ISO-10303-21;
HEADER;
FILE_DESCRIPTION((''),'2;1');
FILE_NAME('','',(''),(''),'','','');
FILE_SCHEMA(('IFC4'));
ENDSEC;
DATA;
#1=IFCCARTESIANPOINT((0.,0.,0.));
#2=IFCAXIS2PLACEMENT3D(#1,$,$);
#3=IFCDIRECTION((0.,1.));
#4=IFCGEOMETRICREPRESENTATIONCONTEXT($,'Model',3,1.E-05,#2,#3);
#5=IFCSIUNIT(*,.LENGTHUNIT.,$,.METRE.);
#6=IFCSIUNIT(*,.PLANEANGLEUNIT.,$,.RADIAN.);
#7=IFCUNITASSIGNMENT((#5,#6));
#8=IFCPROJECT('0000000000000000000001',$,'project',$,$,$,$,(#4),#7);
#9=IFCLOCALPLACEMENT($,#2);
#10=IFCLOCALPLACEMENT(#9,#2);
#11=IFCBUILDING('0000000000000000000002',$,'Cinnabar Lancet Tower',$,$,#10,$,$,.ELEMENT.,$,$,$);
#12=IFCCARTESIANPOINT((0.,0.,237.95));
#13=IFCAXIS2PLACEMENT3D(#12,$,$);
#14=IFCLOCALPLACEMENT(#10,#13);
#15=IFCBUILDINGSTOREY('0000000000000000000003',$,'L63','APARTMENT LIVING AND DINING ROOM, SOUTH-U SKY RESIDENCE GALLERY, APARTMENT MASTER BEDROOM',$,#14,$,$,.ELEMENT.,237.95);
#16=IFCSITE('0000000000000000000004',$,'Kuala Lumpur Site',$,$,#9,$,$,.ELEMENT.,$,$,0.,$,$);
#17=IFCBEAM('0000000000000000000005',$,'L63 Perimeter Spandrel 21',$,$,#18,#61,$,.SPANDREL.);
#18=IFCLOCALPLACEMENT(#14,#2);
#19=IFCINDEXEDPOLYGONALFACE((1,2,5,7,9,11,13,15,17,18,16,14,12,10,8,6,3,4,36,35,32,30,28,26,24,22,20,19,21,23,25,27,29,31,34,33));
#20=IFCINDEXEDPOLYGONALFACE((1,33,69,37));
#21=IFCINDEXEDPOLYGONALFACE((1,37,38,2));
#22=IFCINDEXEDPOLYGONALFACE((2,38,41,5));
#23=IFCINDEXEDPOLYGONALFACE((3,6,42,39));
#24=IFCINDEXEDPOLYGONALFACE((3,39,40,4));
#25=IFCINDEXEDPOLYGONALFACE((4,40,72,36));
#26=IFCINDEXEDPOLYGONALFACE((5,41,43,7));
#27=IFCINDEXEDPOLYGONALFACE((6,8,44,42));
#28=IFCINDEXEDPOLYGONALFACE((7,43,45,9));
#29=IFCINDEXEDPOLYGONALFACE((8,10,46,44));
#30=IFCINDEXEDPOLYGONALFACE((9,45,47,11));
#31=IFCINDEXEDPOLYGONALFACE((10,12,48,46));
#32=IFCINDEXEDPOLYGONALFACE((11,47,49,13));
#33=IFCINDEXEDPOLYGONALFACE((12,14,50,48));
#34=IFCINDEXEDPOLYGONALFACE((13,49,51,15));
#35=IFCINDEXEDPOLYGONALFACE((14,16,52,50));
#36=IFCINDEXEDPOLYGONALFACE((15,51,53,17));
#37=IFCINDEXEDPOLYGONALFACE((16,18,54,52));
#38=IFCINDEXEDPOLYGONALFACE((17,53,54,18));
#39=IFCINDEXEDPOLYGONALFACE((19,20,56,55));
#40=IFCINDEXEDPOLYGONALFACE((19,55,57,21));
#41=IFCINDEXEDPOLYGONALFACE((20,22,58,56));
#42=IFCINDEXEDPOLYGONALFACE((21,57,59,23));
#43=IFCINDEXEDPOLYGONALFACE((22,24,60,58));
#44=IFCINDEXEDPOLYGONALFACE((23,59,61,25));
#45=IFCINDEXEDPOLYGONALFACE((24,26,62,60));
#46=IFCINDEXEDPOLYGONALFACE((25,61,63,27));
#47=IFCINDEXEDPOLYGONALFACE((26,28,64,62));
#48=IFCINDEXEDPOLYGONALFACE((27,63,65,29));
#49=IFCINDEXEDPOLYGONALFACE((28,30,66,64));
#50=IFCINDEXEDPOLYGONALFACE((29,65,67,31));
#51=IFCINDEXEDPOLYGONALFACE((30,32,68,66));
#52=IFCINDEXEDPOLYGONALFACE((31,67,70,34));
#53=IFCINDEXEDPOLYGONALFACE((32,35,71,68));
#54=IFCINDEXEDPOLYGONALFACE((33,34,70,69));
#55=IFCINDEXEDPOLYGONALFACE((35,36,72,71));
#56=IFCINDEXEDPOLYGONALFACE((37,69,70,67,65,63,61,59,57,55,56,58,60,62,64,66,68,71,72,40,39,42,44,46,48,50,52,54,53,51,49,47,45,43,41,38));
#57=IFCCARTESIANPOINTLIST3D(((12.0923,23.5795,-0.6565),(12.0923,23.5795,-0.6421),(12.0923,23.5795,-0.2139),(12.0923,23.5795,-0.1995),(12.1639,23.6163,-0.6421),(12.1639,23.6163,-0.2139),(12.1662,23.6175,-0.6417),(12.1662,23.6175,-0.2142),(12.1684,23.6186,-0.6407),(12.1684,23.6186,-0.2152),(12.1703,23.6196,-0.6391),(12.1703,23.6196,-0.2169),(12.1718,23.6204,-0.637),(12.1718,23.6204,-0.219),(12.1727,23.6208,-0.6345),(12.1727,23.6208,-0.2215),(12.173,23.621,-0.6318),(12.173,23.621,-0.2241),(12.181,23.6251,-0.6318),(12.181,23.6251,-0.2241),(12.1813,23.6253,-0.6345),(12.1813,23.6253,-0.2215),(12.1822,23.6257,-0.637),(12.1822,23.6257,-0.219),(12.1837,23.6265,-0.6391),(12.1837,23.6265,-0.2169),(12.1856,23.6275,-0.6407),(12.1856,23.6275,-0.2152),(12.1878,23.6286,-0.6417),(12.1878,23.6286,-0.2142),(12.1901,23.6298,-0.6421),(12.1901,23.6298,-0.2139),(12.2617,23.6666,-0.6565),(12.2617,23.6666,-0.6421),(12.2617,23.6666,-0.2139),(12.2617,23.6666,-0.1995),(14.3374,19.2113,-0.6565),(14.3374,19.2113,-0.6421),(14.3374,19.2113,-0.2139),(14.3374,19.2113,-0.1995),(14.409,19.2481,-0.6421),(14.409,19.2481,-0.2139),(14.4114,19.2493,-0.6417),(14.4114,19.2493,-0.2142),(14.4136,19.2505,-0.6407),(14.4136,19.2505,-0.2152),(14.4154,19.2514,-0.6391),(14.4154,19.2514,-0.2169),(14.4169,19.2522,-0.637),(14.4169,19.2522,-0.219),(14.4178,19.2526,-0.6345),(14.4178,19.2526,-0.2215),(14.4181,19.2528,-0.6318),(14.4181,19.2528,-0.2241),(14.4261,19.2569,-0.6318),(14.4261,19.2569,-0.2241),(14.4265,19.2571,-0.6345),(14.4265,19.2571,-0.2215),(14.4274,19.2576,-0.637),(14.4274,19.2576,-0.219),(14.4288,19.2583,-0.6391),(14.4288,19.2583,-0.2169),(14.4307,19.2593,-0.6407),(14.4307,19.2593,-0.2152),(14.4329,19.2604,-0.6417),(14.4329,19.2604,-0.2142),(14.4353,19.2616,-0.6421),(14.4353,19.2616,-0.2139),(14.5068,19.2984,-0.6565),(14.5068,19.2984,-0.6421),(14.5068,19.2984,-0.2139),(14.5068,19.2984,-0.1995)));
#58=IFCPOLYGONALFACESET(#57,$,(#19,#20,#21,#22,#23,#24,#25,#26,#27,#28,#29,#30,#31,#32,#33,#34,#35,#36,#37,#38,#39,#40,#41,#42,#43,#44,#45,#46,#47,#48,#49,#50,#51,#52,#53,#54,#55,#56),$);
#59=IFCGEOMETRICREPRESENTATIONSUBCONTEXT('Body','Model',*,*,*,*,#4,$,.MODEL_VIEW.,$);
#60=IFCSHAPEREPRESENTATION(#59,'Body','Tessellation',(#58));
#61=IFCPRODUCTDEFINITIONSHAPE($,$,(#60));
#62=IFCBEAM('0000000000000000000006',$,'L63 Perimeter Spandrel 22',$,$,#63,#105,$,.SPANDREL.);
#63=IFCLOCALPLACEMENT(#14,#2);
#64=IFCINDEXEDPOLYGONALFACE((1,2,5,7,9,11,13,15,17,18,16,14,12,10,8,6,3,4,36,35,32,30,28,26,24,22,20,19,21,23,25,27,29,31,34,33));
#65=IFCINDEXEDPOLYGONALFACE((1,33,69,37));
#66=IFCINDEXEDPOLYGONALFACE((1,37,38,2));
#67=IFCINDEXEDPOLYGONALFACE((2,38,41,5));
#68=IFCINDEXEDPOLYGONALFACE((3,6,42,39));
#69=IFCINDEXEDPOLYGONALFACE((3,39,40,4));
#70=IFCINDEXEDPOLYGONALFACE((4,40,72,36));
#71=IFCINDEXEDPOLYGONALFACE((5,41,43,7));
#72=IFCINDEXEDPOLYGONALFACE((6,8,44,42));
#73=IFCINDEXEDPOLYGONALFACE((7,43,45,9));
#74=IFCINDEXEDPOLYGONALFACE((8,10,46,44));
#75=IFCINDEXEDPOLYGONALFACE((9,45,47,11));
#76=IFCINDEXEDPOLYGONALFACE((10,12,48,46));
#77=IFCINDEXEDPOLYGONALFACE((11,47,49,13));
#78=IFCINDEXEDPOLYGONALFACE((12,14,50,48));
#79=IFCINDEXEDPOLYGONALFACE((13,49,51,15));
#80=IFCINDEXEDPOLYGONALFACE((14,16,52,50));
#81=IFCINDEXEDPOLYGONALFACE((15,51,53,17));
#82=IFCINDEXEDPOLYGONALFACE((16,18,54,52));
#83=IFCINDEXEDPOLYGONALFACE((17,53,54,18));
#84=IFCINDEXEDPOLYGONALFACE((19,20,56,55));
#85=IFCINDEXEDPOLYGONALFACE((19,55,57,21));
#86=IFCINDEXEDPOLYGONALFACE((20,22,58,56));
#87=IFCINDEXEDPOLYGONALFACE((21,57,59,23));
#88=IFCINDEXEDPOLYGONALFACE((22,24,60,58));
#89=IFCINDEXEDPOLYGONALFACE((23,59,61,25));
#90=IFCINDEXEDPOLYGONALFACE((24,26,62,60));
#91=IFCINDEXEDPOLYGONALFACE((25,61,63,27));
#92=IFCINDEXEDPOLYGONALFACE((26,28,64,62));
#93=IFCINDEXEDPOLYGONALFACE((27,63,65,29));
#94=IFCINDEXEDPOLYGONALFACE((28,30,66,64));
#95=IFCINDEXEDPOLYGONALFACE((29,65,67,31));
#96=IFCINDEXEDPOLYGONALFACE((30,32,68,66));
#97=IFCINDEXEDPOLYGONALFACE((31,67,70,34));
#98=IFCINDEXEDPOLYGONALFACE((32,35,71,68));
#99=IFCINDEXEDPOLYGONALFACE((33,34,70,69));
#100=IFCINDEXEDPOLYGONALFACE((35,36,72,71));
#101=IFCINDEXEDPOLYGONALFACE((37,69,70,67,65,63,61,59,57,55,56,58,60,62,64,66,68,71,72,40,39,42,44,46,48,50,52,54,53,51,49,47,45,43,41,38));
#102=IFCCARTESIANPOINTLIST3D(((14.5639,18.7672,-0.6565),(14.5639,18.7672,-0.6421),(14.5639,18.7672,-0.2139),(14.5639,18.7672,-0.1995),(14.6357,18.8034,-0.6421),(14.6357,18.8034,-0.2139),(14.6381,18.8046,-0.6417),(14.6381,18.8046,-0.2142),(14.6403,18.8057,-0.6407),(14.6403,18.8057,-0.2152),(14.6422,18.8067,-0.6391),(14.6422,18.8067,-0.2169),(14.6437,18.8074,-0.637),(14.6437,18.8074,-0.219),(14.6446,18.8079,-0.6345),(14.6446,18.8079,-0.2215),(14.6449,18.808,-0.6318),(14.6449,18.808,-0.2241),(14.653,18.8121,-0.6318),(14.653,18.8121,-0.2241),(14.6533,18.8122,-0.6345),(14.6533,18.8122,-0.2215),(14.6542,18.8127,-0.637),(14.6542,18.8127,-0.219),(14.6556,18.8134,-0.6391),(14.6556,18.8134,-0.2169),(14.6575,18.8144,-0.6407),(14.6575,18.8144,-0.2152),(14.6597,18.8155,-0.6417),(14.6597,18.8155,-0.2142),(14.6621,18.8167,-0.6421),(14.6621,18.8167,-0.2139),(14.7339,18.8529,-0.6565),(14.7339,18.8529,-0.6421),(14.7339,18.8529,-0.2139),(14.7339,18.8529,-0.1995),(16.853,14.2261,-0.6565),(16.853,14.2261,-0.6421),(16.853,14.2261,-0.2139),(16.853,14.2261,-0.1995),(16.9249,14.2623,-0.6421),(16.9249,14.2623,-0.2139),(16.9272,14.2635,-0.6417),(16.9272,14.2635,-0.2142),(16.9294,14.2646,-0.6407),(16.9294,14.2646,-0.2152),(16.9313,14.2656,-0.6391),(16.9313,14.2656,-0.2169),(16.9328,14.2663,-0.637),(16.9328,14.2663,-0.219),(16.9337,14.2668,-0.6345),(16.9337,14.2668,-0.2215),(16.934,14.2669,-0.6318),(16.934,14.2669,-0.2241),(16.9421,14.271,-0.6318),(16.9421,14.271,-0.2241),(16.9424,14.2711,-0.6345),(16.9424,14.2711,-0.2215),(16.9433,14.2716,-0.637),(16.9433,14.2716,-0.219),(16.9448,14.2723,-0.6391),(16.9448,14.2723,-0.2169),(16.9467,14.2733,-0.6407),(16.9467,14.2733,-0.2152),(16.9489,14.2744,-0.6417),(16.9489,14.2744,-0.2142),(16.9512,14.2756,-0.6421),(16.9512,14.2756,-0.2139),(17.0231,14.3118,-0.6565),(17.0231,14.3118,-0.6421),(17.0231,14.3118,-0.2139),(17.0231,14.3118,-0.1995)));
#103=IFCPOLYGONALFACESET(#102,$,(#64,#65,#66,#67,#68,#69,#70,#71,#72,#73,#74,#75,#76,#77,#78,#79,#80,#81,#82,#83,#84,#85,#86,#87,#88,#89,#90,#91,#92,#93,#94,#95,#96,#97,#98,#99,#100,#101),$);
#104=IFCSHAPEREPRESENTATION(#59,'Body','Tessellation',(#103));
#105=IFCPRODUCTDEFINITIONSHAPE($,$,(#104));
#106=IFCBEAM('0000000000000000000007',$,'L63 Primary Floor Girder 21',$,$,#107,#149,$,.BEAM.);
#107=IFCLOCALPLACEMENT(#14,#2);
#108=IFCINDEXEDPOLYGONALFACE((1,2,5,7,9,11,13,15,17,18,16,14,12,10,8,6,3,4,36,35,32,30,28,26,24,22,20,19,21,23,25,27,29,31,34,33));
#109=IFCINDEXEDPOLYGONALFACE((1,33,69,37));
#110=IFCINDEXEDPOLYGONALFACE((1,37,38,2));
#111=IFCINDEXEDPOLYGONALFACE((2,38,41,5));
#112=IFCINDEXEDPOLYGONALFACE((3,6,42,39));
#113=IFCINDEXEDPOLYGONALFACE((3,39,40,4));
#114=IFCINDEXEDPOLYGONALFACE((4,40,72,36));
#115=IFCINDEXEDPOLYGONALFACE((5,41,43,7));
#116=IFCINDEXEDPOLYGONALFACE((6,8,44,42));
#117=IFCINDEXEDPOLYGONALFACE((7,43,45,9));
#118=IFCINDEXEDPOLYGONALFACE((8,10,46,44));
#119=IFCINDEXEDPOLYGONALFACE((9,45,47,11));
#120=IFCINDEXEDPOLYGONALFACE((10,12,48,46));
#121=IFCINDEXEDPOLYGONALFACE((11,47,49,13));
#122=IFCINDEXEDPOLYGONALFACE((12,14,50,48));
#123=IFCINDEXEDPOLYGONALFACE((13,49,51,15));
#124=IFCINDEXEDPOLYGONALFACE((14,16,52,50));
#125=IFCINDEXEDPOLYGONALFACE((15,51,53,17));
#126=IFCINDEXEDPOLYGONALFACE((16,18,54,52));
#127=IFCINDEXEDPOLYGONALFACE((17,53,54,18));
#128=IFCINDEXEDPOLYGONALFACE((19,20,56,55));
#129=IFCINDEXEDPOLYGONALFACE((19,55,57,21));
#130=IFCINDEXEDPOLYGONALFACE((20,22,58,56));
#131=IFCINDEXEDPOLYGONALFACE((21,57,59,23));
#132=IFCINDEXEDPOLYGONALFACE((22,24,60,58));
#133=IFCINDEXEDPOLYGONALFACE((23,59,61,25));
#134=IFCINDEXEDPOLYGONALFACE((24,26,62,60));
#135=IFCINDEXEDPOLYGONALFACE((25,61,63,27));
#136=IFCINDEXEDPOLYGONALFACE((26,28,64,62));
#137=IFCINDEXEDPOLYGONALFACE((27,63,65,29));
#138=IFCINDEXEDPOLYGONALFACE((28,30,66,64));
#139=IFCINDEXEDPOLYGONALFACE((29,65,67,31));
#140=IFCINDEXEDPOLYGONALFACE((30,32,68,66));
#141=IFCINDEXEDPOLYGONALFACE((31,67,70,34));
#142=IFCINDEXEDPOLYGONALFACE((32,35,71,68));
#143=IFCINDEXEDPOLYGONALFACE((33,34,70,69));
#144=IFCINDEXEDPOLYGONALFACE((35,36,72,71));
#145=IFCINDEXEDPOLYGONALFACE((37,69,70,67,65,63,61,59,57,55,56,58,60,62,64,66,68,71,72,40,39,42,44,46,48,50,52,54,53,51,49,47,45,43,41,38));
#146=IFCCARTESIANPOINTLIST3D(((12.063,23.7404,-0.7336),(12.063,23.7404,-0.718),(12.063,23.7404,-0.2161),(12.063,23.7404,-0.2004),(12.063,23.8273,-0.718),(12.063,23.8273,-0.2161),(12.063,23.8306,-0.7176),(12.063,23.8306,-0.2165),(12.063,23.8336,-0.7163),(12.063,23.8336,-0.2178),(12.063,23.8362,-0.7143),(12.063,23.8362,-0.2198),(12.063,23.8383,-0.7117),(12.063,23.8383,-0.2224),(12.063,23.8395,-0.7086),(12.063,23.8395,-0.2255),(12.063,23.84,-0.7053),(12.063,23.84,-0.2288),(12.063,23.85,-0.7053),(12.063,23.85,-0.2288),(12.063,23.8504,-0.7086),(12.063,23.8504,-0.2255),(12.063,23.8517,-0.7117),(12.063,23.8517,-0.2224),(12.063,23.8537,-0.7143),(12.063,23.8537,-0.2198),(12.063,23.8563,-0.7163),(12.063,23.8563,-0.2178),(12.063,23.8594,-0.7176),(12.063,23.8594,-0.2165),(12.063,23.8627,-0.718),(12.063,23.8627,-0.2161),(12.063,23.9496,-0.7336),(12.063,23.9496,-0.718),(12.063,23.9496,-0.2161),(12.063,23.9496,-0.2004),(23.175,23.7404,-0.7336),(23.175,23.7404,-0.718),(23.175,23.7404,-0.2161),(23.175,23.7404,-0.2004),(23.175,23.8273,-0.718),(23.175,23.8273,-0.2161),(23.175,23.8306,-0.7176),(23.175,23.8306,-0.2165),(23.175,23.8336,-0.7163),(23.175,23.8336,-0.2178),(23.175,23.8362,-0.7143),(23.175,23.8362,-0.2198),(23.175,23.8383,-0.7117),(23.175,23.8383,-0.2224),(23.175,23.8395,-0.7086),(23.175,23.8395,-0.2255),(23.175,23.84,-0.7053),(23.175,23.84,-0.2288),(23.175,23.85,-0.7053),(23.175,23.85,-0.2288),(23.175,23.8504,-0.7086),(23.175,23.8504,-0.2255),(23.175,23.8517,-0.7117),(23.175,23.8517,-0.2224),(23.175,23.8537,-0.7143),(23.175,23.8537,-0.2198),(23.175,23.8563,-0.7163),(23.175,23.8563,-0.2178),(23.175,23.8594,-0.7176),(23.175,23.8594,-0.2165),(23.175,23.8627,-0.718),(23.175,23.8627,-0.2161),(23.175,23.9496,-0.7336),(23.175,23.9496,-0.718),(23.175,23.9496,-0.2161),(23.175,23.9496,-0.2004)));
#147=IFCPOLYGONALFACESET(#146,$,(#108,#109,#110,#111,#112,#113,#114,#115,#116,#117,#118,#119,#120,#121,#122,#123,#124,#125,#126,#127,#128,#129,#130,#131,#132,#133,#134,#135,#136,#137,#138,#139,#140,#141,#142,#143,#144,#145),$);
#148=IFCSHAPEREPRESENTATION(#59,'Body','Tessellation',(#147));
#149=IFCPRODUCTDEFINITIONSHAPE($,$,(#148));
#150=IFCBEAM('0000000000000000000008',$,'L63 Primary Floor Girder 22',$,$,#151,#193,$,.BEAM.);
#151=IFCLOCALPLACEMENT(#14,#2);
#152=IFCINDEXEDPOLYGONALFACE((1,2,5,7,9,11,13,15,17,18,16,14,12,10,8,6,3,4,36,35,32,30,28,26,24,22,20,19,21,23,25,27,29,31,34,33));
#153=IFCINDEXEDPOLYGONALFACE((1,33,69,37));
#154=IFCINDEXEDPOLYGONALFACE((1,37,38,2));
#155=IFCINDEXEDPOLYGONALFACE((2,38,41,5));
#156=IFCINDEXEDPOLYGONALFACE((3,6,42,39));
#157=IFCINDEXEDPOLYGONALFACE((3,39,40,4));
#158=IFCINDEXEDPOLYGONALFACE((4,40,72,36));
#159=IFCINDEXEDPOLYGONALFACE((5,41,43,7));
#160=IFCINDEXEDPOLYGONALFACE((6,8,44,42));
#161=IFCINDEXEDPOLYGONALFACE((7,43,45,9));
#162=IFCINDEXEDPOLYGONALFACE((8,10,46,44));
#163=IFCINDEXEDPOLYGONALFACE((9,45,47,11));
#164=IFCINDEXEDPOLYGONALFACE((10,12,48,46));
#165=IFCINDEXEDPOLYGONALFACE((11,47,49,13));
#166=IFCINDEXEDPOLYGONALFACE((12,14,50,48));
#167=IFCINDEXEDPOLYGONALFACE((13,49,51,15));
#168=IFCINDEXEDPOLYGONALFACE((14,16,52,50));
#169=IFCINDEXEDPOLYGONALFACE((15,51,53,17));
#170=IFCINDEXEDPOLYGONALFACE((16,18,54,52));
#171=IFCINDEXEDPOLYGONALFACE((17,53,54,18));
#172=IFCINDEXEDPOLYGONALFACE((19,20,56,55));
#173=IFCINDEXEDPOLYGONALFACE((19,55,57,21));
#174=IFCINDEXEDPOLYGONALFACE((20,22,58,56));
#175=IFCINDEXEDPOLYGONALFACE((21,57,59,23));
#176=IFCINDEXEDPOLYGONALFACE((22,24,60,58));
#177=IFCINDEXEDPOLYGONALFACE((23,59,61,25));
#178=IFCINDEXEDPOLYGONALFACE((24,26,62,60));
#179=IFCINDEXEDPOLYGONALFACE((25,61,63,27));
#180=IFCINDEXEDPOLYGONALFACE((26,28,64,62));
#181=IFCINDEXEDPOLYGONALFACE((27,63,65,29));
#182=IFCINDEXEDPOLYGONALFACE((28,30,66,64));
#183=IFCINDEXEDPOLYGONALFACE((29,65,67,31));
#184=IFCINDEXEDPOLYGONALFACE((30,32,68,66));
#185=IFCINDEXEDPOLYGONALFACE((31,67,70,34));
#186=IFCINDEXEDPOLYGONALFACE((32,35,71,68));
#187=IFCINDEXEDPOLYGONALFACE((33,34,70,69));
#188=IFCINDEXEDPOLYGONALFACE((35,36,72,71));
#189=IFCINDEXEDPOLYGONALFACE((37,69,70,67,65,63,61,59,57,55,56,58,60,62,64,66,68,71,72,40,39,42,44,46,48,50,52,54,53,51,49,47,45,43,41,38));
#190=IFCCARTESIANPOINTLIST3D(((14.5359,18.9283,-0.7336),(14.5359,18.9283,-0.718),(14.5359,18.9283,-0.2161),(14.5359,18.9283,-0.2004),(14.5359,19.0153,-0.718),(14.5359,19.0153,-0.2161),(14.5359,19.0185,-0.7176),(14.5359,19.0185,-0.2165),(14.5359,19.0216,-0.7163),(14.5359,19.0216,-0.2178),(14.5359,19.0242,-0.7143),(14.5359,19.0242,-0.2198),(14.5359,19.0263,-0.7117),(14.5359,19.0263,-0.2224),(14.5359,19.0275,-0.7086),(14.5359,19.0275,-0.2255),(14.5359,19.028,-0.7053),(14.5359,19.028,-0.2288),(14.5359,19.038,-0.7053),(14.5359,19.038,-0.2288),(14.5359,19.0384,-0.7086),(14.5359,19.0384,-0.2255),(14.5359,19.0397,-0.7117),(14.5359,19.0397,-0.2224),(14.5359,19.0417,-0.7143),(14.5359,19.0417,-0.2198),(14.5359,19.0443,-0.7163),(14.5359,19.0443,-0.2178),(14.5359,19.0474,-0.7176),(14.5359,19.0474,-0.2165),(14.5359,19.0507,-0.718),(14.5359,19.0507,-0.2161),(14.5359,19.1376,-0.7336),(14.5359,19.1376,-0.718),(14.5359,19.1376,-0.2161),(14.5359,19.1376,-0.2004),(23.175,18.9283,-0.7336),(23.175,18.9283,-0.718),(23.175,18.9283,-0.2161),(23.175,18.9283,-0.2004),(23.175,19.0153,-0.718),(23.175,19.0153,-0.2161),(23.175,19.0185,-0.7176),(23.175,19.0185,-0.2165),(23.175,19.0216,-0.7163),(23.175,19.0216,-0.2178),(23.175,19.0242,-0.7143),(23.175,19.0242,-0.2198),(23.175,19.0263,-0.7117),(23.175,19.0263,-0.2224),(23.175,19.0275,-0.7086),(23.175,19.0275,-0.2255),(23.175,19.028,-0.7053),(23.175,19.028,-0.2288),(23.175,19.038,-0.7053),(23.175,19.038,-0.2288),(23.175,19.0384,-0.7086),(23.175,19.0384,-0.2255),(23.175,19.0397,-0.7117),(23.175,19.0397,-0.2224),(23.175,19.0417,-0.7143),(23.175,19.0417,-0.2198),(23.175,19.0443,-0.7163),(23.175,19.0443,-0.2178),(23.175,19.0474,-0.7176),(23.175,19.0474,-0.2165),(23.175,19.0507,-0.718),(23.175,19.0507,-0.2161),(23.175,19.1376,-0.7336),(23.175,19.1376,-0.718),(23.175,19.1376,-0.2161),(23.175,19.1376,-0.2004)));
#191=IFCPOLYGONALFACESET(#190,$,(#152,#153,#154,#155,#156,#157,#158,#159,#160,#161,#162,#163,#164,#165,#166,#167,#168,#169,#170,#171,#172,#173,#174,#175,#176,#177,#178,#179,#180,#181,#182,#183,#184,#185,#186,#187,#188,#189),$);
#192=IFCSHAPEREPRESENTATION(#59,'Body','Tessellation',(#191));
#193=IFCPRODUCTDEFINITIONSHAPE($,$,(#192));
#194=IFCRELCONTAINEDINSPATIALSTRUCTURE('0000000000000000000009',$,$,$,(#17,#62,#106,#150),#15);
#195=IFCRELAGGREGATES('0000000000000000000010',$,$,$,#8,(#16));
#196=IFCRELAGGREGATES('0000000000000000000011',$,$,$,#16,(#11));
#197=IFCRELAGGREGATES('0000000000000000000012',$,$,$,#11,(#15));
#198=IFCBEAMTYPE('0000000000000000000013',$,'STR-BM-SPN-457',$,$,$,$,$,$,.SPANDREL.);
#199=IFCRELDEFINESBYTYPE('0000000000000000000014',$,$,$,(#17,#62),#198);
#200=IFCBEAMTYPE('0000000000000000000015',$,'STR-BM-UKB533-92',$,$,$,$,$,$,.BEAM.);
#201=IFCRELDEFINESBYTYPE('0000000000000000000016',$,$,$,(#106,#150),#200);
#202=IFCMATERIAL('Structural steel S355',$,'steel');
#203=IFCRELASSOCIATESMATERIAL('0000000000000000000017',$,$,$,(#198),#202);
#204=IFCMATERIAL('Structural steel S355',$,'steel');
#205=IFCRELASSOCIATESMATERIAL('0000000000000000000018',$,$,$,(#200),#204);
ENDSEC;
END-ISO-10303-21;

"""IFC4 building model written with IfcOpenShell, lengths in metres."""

from ifc_helpers import new_model, si_unit, direction, frame, origin, origin_2d, place, context, subcontext, project, spatial, i_section, extrude, material, material_profile, profile_set, type_object, element, save


model = new_model("IFC4")

# Units and contexts
model_context = context("Model", 3, precision=1e-05, world=origin(), true_north=direction((0.0, 1.0)))
body_context = subcontext(model_context, "Body", "Model", "MODEL_VIEW")
ifc_project = project(units=[si_unit("LENGTHUNIT", "METRE"), si_unit("PLANEANGLEUNIT", "RADIAN")], contexts=[model_context])

# Site, building, storey
site_placement = place(None, origin())
site = spatial("IfcSite", under=ifc_project, at=site_placement, Name="Kuala Lumpur Site", CompositionType="ELEMENT", RefElevation=0.0)
building_placement = place(site_placement, origin())
building = spatial("IfcBuilding", under=site, at=building_placement, Name="Cinnabar Lancet Tower", CompositionType="ELEMENT")
storey_placement = place(building_placement, frame((0.0, 0.0, 237.95)))
storey = spatial("IfcBuildingStorey", under=building, at=storey_placement, Name="L63", Description="APARTMENT LIVING AND DINING ROOM, SOUTH-U SKY RESIDENCE GALLERY, APARTMENT MASTER BEDROOM", CompositionType="ELEMENT", Elevation=237.95)

# Beams
ifc_material_1 = material(Name="Structural steel S355", Category="steel")
ifc_material_profile_1 = material_profile(ifc_material_1, i_section(OverallWidth=0.1904, OverallDepth=0.457, WebThickness=0.009, FlangeThickness=0.0144, FilletRadius=0.0103, at=origin_2d()), Name="UKB 457x191x74")
ifc_profile_set_1 = profile_set([ifc_material_profile_1], Name="Structural steel S355")
beam_type_1 = type_object("IfcBeamType", Name="STR-BM-SPN-457", PredefinedType="SPANDREL", material=ifc_profile_set_1)
beam_1_placement = place(storey_placement, frame((12.177, 23.623, -0.428), z_axis=(0.457128, -0.889401, 0.0), x_axis=(0.889401, 0.457128, 0.0)))
element("IfcBeam", 1, at=beam_1_placement, inside=storey, type_object=beam_type_1, Name="L63 Perimeter Spandrel 21", PredefinedType="SPANDREL", context=body_context, shape_type="SweptSolid", body=[
    extrude(i_section(OverallWidth=0.1904, OverallDepth=0.457, WebThickness=0.009, FlangeThickness=0.0144, FilletRadius=0.0103, at=origin_2d()), origin(), (0.0, 0.0, 1.0), 4.9114),
])
beam_2_placement = place(storey_placement, frame((14.6489, 18.8101, -0.428), z_axis=(0.45013, -0.892963, 0.0), x_axis=(0.892963, 0.45013, 0.0)))
element("IfcBeam", 2, at=beam_2_placement, inside=storey, type_object=beam_type_1, Name="L63 Perimeter Spandrel 22", PredefinedType="SPANDREL", context=body_context, shape_type="SweptSolid", body=[
    extrude(i_section(OverallWidth=0.1904, OverallDepth=0.457, WebThickness=0.009, FlangeThickness=0.0144, FilletRadius=0.0103, at=origin_2d()), origin(), (0.0, 0.0, 1.0), 5.0854),
])
ifc_material_2 = material(Name="Structural steel S355", Category="steel")
ifc_material_profile_2 = material_profile(ifc_material_2, i_section(OverallWidth=0.2092, OverallDepth=0.5332, WebThickness=0.01, FlangeThickness=0.0156, FilletRadius=0.0127, at=origin_2d()), Name="UKB 533x210x92")
ifc_profile_set_2 = profile_set([ifc_material_profile_2], Name="Structural steel S355")
beam_type_2 = type_object("IfcBeamType", Name="STR-BM-UKB533-92", PredefinedType="BEAM", material=ifc_profile_set_2)
beam_3_placement = place(storey_placement, frame((12.063, 23.845, -0.467), z_axis=(1.0, 0.0, 0.0), x_axis=(0.0, 1.0, 0.0)))
element("IfcBeam", 3, at=beam_3_placement, inside=storey, type_object=beam_type_2, Name="L63 Primary Floor Girder 21", PredefinedType="BEAM", context=body_context, shape_type="SweptSolid", body=[
    extrude(i_section(OverallWidth=0.2092, OverallDepth=0.5332, WebThickness=0.01, FlangeThickness=0.0156, FilletRadius=0.0127, at=origin_2d()), origin(), (0.0, 0.0, 1.0), 11.1121),
])
beam_4_placement = place(storey_placement, frame((14.5359, 19.033, -0.467), z_axis=(1.0, 0.0, 0.0), x_axis=(0.0, 1.0, 0.0)))
element("IfcBeam", 4, at=beam_4_placement, inside=storey, type_object=beam_type_2, Name="L63 Primary Floor Girder 22", PredefinedType="BEAM", context=body_context, shape_type="SweptSolid", body=[
    extrude(i_section(OverallWidth=0.2092, OverallDepth=0.5332, WebThickness=0.01, FlangeThickness=0.0156, FilletRadius=0.0127, at=origin_2d()), origin(), (0.0, 0.0, 1.0), 8.6392),
])

save(model, "model.ifc")
